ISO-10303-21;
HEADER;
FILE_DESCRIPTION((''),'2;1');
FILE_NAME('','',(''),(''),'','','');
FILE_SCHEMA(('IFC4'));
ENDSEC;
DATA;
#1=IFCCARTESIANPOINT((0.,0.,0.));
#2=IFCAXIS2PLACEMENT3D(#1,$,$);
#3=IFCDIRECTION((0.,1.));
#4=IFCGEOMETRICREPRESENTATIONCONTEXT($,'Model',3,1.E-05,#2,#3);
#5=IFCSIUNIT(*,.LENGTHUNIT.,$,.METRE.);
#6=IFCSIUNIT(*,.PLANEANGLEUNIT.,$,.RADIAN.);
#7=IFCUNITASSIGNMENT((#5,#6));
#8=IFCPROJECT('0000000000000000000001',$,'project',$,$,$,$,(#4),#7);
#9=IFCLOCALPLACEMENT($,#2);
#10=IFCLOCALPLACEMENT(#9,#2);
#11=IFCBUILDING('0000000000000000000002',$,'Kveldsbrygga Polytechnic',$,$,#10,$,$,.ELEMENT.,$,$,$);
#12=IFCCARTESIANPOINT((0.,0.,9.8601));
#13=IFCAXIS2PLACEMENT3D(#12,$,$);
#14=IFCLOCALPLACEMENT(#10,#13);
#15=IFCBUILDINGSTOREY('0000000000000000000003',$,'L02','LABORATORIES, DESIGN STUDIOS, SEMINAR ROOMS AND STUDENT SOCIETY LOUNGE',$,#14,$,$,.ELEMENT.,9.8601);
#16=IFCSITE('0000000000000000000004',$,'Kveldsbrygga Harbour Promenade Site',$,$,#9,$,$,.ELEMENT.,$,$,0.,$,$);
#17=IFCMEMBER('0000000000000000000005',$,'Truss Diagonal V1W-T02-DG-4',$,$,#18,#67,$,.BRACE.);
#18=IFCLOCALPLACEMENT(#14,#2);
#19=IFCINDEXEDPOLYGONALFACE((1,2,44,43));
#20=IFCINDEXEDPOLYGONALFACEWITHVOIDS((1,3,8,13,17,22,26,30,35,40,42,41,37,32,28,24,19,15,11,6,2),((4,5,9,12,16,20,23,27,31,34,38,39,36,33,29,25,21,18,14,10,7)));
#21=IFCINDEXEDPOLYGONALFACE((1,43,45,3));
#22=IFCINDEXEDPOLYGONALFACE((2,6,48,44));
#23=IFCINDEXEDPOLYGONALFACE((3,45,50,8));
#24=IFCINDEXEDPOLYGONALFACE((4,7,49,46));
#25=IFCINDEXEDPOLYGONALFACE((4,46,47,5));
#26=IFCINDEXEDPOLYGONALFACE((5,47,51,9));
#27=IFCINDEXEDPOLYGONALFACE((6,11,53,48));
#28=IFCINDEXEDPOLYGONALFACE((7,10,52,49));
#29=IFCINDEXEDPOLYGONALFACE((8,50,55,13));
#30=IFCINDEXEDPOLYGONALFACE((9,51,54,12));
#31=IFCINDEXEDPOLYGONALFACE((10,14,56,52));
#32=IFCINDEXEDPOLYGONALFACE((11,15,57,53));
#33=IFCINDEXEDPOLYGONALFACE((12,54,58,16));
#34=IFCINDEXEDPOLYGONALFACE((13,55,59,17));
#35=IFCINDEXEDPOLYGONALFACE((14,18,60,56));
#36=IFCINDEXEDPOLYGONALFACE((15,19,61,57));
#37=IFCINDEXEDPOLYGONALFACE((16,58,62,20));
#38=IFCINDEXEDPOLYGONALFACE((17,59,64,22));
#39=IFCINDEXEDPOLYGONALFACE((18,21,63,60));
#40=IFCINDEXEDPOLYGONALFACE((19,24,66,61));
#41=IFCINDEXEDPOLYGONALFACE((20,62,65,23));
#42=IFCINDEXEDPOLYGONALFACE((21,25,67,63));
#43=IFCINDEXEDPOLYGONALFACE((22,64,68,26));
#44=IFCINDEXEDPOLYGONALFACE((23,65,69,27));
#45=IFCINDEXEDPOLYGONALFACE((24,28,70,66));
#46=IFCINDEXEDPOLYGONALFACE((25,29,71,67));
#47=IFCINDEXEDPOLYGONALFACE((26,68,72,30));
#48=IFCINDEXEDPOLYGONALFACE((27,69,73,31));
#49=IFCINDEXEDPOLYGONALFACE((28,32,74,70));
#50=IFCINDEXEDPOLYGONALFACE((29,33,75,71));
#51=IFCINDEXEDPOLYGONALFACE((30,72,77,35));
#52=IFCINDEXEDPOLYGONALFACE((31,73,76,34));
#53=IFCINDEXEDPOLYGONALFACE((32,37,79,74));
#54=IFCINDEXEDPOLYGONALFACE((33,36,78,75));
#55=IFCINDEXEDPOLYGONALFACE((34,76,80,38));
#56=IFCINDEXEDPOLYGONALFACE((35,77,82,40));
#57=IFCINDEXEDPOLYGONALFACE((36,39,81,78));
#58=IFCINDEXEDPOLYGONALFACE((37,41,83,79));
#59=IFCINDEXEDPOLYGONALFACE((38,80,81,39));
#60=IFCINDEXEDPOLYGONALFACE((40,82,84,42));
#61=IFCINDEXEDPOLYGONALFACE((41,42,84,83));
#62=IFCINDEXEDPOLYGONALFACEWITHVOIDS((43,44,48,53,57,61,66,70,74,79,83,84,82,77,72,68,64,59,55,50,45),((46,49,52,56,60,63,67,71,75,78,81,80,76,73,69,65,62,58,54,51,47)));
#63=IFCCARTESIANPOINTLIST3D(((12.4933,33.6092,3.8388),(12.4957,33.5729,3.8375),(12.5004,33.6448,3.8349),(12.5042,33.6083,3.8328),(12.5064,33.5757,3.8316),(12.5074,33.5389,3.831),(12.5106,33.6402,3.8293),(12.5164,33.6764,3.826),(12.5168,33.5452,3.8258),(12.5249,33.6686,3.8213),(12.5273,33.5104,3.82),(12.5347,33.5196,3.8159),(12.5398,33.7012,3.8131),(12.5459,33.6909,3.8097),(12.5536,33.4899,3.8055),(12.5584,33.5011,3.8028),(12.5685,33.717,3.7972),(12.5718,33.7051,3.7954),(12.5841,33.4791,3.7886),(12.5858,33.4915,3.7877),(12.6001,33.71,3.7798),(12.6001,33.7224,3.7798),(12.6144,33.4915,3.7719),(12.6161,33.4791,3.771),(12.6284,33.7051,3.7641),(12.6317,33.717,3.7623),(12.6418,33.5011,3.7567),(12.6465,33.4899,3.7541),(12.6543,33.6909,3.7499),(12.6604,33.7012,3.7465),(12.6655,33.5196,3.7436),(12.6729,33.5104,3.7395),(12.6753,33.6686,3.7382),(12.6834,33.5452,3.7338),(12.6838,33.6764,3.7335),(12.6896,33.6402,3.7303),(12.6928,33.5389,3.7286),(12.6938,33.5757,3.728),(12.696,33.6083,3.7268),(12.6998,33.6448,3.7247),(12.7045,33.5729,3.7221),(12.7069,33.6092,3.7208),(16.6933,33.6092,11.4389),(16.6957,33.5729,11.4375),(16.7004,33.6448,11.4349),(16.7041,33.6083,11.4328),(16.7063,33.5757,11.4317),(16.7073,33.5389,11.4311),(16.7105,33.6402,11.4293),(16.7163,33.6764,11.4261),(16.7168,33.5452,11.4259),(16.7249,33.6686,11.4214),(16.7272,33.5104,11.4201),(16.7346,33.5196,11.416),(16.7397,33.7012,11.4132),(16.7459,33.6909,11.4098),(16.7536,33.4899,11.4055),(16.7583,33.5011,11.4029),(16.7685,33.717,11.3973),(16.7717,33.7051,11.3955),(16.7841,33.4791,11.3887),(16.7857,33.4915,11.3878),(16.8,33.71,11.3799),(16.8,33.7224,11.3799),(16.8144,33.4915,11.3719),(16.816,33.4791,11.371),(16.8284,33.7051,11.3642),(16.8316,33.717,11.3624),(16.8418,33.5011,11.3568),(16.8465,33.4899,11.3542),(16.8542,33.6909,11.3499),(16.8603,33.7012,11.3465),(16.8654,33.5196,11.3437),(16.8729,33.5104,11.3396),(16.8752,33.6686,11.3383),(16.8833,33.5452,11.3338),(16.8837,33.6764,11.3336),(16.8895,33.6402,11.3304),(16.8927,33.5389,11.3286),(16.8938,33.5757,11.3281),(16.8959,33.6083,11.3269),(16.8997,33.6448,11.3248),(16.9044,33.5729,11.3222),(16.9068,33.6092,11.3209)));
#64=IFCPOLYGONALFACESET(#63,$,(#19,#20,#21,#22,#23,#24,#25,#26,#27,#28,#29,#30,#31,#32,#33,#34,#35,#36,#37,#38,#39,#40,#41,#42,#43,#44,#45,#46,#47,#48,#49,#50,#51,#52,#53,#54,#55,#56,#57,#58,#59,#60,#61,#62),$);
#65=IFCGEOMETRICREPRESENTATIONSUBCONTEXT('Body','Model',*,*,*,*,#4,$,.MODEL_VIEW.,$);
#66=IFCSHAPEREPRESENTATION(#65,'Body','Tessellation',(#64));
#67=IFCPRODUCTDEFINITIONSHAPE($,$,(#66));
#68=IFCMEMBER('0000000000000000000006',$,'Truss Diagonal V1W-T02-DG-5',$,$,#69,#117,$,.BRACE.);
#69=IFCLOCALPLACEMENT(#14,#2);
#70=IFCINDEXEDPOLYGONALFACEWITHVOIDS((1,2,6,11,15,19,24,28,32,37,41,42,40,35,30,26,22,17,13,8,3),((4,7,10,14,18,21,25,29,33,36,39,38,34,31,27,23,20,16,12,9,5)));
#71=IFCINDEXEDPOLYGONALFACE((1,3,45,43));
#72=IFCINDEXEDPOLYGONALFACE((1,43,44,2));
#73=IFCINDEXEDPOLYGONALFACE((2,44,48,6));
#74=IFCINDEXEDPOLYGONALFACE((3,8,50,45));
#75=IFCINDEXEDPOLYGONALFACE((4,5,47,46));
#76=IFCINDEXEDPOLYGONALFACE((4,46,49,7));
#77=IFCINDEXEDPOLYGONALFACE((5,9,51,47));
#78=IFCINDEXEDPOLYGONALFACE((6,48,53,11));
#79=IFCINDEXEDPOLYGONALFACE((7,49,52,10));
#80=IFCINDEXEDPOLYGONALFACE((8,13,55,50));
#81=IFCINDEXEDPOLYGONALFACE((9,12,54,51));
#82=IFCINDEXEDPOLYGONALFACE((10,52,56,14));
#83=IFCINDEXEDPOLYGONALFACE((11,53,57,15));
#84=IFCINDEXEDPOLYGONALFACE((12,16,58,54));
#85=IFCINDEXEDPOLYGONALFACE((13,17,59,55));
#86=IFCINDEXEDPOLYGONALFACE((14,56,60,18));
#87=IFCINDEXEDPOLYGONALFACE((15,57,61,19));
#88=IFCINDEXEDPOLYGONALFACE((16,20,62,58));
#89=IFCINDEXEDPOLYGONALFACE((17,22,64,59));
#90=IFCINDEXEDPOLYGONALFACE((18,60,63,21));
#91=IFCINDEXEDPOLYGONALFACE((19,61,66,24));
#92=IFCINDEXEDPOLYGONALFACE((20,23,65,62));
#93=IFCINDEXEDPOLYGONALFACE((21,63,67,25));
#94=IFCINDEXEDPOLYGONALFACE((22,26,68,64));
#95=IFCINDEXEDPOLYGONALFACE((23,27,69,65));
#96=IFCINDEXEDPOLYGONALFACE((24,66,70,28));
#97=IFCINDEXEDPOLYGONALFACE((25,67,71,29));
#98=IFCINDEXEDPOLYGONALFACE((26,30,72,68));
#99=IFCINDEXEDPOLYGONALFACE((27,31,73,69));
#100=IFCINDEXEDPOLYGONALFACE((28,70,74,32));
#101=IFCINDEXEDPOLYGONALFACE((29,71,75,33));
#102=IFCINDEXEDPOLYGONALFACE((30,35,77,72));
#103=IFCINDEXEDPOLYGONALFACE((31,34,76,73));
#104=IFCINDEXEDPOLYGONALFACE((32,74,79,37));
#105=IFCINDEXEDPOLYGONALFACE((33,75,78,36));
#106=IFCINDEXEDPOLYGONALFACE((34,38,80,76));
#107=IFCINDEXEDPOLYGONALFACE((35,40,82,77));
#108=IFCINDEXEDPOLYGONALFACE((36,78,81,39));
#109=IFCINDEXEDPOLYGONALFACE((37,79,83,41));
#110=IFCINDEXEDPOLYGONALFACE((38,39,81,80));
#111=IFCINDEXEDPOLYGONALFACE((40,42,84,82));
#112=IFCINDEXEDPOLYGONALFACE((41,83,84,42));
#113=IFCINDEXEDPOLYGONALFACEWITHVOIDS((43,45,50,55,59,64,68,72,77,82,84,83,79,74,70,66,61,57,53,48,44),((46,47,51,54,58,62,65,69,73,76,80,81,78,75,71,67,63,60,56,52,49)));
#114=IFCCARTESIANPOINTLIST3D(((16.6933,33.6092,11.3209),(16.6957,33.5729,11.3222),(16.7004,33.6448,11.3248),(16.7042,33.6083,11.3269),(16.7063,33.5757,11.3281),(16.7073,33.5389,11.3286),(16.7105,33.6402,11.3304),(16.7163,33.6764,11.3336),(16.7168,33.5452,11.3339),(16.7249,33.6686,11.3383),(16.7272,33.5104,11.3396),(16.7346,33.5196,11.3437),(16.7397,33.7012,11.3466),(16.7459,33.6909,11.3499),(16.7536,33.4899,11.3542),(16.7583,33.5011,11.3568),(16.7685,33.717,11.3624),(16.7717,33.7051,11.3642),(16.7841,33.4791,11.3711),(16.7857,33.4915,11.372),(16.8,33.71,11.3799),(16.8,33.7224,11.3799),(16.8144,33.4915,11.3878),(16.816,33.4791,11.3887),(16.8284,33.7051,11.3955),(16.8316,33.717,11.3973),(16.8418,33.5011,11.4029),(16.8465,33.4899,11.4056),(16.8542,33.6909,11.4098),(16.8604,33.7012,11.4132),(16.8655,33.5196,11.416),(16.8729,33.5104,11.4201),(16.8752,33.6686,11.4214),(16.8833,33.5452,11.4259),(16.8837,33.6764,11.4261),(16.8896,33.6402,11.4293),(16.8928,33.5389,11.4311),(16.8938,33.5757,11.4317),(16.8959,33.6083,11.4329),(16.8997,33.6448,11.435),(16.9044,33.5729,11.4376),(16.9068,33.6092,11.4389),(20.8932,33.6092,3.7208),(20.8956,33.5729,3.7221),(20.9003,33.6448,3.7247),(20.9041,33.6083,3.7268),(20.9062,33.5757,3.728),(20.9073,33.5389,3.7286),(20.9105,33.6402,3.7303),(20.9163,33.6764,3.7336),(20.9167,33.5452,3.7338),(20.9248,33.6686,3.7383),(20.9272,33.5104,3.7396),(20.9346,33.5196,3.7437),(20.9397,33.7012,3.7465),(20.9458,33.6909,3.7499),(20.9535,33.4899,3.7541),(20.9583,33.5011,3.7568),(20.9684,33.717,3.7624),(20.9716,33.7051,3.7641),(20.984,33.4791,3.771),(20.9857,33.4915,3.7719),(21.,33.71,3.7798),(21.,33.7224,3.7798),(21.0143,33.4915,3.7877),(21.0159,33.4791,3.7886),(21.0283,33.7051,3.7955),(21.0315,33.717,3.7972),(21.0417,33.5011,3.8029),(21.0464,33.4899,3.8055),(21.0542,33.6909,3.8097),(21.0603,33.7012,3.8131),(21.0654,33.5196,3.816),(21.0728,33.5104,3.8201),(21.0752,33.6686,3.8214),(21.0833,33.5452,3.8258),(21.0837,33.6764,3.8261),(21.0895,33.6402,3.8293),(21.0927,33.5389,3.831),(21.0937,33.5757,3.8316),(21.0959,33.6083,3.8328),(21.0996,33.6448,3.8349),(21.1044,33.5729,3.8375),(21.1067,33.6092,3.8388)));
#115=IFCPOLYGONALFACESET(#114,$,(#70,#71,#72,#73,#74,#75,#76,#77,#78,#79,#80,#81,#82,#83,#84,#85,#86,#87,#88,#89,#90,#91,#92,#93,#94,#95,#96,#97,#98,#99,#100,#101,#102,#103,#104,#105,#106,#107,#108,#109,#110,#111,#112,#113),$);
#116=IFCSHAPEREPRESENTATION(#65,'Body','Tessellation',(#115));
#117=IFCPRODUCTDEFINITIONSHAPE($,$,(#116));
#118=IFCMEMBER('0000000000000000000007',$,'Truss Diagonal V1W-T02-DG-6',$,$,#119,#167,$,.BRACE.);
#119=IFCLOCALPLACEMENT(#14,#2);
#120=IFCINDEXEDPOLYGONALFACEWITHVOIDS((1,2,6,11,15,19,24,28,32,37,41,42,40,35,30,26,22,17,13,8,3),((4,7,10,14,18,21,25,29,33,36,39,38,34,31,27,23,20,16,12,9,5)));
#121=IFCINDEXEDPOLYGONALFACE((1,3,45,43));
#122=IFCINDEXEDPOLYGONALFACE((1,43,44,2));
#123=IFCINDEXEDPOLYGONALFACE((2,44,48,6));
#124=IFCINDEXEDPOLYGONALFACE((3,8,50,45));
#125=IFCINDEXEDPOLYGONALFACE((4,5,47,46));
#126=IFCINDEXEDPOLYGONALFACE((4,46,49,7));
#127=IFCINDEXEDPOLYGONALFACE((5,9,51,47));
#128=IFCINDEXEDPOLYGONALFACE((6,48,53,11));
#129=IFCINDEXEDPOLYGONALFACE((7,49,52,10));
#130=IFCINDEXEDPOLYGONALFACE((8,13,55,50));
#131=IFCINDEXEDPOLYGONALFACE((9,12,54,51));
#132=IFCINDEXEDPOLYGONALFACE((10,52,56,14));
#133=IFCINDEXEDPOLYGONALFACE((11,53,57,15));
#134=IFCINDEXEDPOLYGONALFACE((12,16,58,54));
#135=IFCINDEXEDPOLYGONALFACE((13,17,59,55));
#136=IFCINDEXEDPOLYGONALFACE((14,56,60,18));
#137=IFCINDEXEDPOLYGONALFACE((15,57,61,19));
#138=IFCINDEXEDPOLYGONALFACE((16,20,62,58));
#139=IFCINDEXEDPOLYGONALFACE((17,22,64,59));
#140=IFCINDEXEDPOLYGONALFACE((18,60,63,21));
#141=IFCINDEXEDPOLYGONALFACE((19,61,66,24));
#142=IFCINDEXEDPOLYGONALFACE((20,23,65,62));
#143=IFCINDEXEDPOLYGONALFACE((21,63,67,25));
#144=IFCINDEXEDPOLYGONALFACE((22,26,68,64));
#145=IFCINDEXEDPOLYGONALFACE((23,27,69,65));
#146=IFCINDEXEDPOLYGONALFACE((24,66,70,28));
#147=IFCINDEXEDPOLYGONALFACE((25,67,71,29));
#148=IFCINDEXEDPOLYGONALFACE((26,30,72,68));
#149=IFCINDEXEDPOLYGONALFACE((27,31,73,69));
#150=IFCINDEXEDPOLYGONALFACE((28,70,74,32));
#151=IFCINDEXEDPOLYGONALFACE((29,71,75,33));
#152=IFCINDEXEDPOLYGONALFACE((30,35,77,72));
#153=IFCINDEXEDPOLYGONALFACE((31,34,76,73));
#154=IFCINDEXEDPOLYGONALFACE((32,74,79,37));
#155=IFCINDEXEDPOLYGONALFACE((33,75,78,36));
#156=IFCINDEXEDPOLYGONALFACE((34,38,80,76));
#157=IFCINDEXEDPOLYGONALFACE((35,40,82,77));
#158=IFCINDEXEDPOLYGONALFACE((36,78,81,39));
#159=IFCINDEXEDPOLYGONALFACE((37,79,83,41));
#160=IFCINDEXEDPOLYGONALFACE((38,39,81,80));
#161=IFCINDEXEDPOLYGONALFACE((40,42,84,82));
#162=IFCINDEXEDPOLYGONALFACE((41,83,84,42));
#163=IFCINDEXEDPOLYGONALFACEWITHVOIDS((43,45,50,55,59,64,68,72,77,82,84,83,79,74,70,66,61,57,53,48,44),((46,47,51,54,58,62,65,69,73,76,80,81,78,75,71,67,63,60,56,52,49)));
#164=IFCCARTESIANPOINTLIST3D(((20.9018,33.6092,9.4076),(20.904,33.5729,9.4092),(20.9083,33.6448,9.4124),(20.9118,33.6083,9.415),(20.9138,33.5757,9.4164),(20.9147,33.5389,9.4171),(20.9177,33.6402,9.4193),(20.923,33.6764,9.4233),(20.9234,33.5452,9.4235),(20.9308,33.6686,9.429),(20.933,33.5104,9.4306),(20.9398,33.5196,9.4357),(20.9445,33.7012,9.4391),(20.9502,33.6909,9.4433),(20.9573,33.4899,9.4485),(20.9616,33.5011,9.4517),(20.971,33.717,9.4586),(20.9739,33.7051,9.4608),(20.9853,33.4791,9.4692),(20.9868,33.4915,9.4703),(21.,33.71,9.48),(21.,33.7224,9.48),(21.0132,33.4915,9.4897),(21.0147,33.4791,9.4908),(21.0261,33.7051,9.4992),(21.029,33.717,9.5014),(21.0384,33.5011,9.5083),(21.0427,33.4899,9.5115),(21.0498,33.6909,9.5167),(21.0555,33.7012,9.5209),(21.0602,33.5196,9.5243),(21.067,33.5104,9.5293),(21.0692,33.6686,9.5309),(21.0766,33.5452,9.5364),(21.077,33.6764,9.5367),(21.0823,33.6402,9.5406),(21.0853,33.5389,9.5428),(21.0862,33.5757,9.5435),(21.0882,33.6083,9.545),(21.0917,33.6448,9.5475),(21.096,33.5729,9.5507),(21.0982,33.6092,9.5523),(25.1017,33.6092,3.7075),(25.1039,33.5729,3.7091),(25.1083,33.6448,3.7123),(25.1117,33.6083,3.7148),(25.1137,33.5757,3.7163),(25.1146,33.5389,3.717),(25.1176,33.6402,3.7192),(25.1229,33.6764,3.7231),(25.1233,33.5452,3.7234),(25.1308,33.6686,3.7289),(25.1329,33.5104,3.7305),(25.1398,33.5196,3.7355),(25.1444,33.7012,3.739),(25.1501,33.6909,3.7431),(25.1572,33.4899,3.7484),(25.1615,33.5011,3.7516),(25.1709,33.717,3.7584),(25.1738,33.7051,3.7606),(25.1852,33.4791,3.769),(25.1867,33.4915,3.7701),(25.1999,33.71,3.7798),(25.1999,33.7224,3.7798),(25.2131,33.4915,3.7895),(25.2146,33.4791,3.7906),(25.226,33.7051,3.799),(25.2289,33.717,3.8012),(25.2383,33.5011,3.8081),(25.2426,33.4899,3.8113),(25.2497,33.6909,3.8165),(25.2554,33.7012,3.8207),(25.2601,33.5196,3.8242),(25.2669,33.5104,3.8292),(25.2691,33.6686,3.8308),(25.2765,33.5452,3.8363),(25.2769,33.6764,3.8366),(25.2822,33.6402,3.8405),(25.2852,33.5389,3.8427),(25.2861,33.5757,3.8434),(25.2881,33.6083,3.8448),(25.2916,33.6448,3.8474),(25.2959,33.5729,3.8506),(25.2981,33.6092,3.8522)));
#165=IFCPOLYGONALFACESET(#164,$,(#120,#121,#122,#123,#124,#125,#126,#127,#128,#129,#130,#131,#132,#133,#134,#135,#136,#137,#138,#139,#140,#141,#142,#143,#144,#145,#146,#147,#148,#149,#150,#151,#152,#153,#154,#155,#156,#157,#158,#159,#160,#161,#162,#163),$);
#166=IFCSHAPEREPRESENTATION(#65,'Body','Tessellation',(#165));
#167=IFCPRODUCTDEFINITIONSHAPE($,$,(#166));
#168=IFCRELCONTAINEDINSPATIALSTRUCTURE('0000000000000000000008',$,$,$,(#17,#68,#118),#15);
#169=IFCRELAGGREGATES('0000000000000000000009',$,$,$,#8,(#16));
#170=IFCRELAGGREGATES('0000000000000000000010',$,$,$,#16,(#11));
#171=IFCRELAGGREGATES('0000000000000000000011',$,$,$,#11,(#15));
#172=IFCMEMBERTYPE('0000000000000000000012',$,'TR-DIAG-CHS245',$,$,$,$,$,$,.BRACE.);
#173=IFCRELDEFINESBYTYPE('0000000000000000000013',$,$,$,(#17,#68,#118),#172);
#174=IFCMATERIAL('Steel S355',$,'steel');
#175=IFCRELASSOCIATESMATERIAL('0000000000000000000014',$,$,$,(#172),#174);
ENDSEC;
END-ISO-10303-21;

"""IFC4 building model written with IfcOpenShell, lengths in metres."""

from ifc_helpers import new_model, si_unit, direction, frame, origin, origin_2d, place, context, subcontext, project, spatial, hollow_circle, extrude, material, material_profile, profile_set, type_object, element, save


model = new_model("IFC4")

# Units and contexts
model_context = context("Model", 3, precision=1e-05, world=origin(), true_north=direction((0.0, 1.0)))
body_context = subcontext(model_context, "Body", "Model", "MODEL_VIEW")
ifc_project = project(units=[si_unit("LENGTHUNIT", "METRE"), si_unit("PLANEANGLEUNIT", "RADIAN")], contexts=[model_context])

# Site, building, storey
site_placement = place(None, origin())
site = spatial("IfcSite", under=ifc_project, at=site_placement, Name="Kveldsbrygga Harbour Promenade Site", CompositionType="ELEMENT", RefElevation=0.0)
building_placement = place(site_placement, origin())
building = spatial("IfcBuilding", under=site, at=building_placement, Name="Kveldsbrygga Polytechnic", CompositionType="ELEMENT")
storey_placement = place(building_placement, frame((0.0, 0.0, 9.8601)))
storey = spatial("IfcBuildingStorey", under=building, at=storey_placement, Name="L02", Description="LABORATORIES, DESIGN STUDIOS, SEMINAR ROOMS AND STUDENT SOCIETY LOUNGE", CompositionType="ELEMENT", Elevation=9.8601)

# Members
ifc_material_1 = material(Name="Steel S355", Category="steel")
ifc_material_profile_1 = material_profile(ifc_material_1, hollow_circle(Radius=0.1223, WallThickness=0.0125, at=origin_2d()), Name="CHS 244.5x12.5")
ifc_profile_set_1 = profile_set([ifc_material_profile_1], Name="Steel S355")
member_type_1 = type_object("IfcMemberType", Name="TR-DIAG-CHS245", PredefinedType="BRACE", material=ifc_profile_set_1)
for number, where, z_axis, x_axis, name in (
    (1, (12.6001, 33.6001, 3.7798), (0.483677, 0.0, 0.875247), (0.0, 1.0, 0.0), "Truss Diagonal V1W-T02-DG-4"),
    (2, (16.8, 33.6001, 11.3799), (0.483677, 0.0, -0.875247), (0.0, 1.0, 0.0), "Truss Diagonal V1W-T02-DG-5"),
):
    element("IfcMember", number, at=place(storey_placement, frame(where, z_axis=z_axis, x_axis=x_axis)), inside=storey, type_object=member_type_1, Name=name, PredefinedType="BRACE", context=body_context, shape_type="SweptSolid", body=[
        extrude(hollow_circle(Radius=0.1223, WallThickness=0.0125, at=origin_2d()), origin(), (0.0, 0.0, 1.0), 8.6833),
    ])
member_1_placement = place(storey_placement, frame((21.0, 33.6001, 9.48), z_axis=(0.593181, 0.0, -0.805069), x_axis=(0.0, 1.0, 0.0)))
element("IfcMember", 3, at=member_1_placement, inside=storey, type_object=member_type_1, Name="Truss Diagonal V1W-T02-DG-6", PredefinedType="BRACE", context=body_context, shape_type="SweptSolid", body=[
    extrude(hollow_circle(Radius=0.1223, WallThickness=0.0125, at=origin_2d()), origin(), (0.0, 0.0, 1.0), 7.0803),
])

save(model, "model.ifc")
